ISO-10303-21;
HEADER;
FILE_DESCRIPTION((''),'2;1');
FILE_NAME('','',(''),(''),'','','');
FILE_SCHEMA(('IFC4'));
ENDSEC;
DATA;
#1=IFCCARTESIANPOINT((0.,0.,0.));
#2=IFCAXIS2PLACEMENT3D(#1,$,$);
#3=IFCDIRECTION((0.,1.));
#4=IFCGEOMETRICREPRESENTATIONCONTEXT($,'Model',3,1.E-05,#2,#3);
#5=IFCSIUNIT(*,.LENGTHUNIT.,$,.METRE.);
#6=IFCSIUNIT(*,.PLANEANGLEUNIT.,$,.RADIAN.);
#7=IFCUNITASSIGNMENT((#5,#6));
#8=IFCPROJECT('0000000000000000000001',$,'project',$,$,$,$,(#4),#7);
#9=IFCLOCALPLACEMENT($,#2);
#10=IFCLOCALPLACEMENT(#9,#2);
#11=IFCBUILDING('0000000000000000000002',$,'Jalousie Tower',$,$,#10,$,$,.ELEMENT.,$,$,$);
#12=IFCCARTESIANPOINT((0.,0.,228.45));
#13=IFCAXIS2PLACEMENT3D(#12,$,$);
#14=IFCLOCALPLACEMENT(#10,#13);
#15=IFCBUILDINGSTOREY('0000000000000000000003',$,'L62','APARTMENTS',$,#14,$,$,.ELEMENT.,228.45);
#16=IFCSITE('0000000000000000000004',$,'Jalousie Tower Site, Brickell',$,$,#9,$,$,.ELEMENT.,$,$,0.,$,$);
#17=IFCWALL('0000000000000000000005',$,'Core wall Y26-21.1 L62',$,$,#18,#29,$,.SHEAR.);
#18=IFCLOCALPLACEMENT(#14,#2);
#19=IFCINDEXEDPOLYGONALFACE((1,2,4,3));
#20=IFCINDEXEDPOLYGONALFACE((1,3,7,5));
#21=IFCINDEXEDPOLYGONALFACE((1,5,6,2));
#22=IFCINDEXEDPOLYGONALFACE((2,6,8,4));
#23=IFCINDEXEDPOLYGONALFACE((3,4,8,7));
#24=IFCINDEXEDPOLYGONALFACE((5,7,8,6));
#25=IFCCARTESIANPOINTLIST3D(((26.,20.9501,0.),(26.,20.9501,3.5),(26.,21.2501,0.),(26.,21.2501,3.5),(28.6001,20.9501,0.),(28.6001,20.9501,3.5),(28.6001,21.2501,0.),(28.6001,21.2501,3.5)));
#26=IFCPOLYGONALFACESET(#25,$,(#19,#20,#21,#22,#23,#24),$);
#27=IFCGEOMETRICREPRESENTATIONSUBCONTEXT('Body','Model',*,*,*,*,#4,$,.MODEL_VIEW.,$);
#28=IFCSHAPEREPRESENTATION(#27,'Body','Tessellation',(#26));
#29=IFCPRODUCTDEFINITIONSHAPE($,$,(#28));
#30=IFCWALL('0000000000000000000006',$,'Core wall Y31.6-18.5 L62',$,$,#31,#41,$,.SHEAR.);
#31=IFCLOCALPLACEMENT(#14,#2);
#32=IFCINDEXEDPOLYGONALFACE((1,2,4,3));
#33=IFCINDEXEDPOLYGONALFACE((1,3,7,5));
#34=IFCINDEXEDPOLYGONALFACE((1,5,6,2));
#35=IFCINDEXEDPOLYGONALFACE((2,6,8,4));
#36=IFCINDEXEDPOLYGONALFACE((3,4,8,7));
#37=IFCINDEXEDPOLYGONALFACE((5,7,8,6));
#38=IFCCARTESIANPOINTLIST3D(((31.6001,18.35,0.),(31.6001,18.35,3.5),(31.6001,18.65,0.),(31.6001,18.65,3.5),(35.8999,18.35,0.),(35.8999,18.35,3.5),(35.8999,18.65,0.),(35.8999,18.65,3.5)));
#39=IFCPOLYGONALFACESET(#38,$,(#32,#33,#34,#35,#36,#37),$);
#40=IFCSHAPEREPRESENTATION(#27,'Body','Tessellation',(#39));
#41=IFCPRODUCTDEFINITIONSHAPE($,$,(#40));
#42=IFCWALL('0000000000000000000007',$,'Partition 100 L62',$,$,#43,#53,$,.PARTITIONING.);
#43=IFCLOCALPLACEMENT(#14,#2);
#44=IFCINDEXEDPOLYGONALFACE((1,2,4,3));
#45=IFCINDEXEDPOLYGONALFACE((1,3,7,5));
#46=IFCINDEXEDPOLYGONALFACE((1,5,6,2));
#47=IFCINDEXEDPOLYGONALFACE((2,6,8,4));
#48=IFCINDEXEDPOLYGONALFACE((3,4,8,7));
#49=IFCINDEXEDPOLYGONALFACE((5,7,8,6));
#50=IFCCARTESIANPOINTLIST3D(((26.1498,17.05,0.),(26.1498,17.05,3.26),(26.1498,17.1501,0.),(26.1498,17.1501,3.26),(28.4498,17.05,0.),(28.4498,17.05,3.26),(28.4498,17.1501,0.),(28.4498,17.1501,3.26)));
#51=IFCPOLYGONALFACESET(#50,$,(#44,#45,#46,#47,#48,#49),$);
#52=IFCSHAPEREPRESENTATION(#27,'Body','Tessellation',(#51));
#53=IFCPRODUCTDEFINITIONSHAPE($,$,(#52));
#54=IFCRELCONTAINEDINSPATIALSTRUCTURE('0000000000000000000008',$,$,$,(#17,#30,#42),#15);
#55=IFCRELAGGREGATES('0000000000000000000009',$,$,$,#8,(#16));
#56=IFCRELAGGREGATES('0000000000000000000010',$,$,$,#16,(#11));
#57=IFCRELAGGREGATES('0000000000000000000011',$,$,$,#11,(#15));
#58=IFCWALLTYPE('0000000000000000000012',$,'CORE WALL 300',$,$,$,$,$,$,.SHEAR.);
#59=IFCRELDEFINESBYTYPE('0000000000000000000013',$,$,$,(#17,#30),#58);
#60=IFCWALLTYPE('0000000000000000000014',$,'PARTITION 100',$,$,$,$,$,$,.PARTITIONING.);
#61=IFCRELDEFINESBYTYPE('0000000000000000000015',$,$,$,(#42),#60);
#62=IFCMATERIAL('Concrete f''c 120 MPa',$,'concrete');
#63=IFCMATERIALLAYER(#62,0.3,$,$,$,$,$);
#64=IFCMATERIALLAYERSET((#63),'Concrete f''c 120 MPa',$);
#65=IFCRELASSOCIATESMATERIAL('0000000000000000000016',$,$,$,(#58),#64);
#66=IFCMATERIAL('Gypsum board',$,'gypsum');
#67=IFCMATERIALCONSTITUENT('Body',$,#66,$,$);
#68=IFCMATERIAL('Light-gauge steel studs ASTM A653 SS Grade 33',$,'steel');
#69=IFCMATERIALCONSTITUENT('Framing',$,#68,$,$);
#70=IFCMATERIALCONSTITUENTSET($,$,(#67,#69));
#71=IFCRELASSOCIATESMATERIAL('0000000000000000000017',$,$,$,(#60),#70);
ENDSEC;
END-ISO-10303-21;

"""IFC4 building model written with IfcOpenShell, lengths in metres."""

from ifc_helpers import new_model, si_unit, direction, frame, frame_2d, origin, place, context, subcontext, project, spatial, rectangle, extrude, material, layer, layer_set, constituent, constituent_set, type_object, element, save


model = new_model("IFC4")

# Units and contexts
model_context = context("Model", 3, precision=1e-05, world=origin(), true_north=direction((0.0, 1.0)))
body_context = subcontext(model_context, "Body", "Model", "MODEL_VIEW")
ifc_project = project(units=[si_unit("LENGTHUNIT", "METRE"), si_unit("PLANEANGLEUNIT", "RADIAN")], contexts=[model_context])

# Site, building, storey
site_placement = place(None, origin())
site = spatial("IfcSite", under=ifc_project, at=site_placement, Name="Jalousie Tower Site, Brickell", CompositionType="ELEMENT", RefElevation=0.0)
building_placement = place(site_placement, origin())
building = spatial("IfcBuilding", under=site, at=building_placement, Name="Jalousie Tower", CompositionType="ELEMENT")
storey_placement = place(building_placement, frame((0.0, 0.0, 228.45)))
storey = spatial("IfcBuildingStorey", under=building, at=storey_placement, Name="L62", Description="APARTMENTS", CompositionType="ELEMENT", Elevation=228.45)

# Shared definitions
ifc_material_1 = material(Name="Concrete f'c 120 MPa", Category="concrete")
ifc_layer = layer(ifc_material_1, 0.3)
ifc_layer_set = layer_set([ifc_layer], Name="Concrete f'c 120 MPa")
wall_type_1 = type_object("IfcWallType", Name="CORE WALL 300", PredefinedType="SHEAR", material=ifc_layer_set)

# Walls
for number, where, z_axis, x_axis, name in (
    (1, (26.0, 21.1001, 0.0), (0.0, 0.0, 1.0), (1.0, 0.0, 0.0), "Core wall Y26-21.1 L62"),
):
    element("IfcWall", number, at=place(storey_placement, frame(where, z_axis=z_axis, x_axis=x_axis)), inside=storey, type_object=wall_type_1, Name=name, PredefinedType="SHEAR", context=body_context, shape_type="SweptSolid", body=[
        extrude(rectangle(XDim=2.6001, YDim=0.3, at=frame_2d((1.3, 0.0))), origin(), (0.0, 0.0, 1.0), 3.5),
    ])
wall_1_placement = place(storey_placement, frame((31.6001, 18.5, 0.0), z_axis=(0.0, 0.0, 1.0), x_axis=(1.0, 0.0, 0.0)))
element("IfcWall", 2, at=wall_1_placement, inside=storey, type_object=wall_type_1, Name="Core wall Y31.6-18.5 L62", PredefinedType="SHEAR", context=body_context, shape_type="SweptSolid", body=[
    extrude(rectangle(XDim=4.2998, YDim=0.3, at=frame_2d((2.1499, 0.0))), origin(), (0.0, 0.0, 1.0), 3.5),
])
ifc_material_2 = material(Name="Gypsum board", Category="gypsum")
ifc_constituent_1 = constituent(ifc_material_2, Name="Body")
ifc_material_3 = material(Name="Light-gauge steel studs ASTM A653 SS Grade 33", Category="steel")
ifc_constituent_2 = constituent(ifc_material_3, Name="Framing")
ifc_constituent_set = constituent_set(constituents=[ifc_constituent_1, ifc_constituent_2])
wall_type_2 = type_object("IfcWallType", Name="PARTITION 100", PredefinedType="PARTITIONING", material=ifc_constituent_set)
wall_2_placement = place(storey_placement, frame((26.1499, 17.1001, 0.0), z_axis=(0.0, 0.0, 1.0), x_axis=(1.0, 0.0, 0.0)))
element("IfcWall", 3, at=wall_2_placement, inside=storey, type_object=wall_type_2, Name="Partition 100 L62", PredefinedType="PARTITIONING", context=body_context, shape_type="SweptSolid", body=[
    extrude(rectangle(XDim=2.3, YDim=0.1001, at=frame_2d((1.1499, 0.0))), origin(), (0.0, 0.0, 1.0), 3.26),
])

save(model, "model.ifc")
